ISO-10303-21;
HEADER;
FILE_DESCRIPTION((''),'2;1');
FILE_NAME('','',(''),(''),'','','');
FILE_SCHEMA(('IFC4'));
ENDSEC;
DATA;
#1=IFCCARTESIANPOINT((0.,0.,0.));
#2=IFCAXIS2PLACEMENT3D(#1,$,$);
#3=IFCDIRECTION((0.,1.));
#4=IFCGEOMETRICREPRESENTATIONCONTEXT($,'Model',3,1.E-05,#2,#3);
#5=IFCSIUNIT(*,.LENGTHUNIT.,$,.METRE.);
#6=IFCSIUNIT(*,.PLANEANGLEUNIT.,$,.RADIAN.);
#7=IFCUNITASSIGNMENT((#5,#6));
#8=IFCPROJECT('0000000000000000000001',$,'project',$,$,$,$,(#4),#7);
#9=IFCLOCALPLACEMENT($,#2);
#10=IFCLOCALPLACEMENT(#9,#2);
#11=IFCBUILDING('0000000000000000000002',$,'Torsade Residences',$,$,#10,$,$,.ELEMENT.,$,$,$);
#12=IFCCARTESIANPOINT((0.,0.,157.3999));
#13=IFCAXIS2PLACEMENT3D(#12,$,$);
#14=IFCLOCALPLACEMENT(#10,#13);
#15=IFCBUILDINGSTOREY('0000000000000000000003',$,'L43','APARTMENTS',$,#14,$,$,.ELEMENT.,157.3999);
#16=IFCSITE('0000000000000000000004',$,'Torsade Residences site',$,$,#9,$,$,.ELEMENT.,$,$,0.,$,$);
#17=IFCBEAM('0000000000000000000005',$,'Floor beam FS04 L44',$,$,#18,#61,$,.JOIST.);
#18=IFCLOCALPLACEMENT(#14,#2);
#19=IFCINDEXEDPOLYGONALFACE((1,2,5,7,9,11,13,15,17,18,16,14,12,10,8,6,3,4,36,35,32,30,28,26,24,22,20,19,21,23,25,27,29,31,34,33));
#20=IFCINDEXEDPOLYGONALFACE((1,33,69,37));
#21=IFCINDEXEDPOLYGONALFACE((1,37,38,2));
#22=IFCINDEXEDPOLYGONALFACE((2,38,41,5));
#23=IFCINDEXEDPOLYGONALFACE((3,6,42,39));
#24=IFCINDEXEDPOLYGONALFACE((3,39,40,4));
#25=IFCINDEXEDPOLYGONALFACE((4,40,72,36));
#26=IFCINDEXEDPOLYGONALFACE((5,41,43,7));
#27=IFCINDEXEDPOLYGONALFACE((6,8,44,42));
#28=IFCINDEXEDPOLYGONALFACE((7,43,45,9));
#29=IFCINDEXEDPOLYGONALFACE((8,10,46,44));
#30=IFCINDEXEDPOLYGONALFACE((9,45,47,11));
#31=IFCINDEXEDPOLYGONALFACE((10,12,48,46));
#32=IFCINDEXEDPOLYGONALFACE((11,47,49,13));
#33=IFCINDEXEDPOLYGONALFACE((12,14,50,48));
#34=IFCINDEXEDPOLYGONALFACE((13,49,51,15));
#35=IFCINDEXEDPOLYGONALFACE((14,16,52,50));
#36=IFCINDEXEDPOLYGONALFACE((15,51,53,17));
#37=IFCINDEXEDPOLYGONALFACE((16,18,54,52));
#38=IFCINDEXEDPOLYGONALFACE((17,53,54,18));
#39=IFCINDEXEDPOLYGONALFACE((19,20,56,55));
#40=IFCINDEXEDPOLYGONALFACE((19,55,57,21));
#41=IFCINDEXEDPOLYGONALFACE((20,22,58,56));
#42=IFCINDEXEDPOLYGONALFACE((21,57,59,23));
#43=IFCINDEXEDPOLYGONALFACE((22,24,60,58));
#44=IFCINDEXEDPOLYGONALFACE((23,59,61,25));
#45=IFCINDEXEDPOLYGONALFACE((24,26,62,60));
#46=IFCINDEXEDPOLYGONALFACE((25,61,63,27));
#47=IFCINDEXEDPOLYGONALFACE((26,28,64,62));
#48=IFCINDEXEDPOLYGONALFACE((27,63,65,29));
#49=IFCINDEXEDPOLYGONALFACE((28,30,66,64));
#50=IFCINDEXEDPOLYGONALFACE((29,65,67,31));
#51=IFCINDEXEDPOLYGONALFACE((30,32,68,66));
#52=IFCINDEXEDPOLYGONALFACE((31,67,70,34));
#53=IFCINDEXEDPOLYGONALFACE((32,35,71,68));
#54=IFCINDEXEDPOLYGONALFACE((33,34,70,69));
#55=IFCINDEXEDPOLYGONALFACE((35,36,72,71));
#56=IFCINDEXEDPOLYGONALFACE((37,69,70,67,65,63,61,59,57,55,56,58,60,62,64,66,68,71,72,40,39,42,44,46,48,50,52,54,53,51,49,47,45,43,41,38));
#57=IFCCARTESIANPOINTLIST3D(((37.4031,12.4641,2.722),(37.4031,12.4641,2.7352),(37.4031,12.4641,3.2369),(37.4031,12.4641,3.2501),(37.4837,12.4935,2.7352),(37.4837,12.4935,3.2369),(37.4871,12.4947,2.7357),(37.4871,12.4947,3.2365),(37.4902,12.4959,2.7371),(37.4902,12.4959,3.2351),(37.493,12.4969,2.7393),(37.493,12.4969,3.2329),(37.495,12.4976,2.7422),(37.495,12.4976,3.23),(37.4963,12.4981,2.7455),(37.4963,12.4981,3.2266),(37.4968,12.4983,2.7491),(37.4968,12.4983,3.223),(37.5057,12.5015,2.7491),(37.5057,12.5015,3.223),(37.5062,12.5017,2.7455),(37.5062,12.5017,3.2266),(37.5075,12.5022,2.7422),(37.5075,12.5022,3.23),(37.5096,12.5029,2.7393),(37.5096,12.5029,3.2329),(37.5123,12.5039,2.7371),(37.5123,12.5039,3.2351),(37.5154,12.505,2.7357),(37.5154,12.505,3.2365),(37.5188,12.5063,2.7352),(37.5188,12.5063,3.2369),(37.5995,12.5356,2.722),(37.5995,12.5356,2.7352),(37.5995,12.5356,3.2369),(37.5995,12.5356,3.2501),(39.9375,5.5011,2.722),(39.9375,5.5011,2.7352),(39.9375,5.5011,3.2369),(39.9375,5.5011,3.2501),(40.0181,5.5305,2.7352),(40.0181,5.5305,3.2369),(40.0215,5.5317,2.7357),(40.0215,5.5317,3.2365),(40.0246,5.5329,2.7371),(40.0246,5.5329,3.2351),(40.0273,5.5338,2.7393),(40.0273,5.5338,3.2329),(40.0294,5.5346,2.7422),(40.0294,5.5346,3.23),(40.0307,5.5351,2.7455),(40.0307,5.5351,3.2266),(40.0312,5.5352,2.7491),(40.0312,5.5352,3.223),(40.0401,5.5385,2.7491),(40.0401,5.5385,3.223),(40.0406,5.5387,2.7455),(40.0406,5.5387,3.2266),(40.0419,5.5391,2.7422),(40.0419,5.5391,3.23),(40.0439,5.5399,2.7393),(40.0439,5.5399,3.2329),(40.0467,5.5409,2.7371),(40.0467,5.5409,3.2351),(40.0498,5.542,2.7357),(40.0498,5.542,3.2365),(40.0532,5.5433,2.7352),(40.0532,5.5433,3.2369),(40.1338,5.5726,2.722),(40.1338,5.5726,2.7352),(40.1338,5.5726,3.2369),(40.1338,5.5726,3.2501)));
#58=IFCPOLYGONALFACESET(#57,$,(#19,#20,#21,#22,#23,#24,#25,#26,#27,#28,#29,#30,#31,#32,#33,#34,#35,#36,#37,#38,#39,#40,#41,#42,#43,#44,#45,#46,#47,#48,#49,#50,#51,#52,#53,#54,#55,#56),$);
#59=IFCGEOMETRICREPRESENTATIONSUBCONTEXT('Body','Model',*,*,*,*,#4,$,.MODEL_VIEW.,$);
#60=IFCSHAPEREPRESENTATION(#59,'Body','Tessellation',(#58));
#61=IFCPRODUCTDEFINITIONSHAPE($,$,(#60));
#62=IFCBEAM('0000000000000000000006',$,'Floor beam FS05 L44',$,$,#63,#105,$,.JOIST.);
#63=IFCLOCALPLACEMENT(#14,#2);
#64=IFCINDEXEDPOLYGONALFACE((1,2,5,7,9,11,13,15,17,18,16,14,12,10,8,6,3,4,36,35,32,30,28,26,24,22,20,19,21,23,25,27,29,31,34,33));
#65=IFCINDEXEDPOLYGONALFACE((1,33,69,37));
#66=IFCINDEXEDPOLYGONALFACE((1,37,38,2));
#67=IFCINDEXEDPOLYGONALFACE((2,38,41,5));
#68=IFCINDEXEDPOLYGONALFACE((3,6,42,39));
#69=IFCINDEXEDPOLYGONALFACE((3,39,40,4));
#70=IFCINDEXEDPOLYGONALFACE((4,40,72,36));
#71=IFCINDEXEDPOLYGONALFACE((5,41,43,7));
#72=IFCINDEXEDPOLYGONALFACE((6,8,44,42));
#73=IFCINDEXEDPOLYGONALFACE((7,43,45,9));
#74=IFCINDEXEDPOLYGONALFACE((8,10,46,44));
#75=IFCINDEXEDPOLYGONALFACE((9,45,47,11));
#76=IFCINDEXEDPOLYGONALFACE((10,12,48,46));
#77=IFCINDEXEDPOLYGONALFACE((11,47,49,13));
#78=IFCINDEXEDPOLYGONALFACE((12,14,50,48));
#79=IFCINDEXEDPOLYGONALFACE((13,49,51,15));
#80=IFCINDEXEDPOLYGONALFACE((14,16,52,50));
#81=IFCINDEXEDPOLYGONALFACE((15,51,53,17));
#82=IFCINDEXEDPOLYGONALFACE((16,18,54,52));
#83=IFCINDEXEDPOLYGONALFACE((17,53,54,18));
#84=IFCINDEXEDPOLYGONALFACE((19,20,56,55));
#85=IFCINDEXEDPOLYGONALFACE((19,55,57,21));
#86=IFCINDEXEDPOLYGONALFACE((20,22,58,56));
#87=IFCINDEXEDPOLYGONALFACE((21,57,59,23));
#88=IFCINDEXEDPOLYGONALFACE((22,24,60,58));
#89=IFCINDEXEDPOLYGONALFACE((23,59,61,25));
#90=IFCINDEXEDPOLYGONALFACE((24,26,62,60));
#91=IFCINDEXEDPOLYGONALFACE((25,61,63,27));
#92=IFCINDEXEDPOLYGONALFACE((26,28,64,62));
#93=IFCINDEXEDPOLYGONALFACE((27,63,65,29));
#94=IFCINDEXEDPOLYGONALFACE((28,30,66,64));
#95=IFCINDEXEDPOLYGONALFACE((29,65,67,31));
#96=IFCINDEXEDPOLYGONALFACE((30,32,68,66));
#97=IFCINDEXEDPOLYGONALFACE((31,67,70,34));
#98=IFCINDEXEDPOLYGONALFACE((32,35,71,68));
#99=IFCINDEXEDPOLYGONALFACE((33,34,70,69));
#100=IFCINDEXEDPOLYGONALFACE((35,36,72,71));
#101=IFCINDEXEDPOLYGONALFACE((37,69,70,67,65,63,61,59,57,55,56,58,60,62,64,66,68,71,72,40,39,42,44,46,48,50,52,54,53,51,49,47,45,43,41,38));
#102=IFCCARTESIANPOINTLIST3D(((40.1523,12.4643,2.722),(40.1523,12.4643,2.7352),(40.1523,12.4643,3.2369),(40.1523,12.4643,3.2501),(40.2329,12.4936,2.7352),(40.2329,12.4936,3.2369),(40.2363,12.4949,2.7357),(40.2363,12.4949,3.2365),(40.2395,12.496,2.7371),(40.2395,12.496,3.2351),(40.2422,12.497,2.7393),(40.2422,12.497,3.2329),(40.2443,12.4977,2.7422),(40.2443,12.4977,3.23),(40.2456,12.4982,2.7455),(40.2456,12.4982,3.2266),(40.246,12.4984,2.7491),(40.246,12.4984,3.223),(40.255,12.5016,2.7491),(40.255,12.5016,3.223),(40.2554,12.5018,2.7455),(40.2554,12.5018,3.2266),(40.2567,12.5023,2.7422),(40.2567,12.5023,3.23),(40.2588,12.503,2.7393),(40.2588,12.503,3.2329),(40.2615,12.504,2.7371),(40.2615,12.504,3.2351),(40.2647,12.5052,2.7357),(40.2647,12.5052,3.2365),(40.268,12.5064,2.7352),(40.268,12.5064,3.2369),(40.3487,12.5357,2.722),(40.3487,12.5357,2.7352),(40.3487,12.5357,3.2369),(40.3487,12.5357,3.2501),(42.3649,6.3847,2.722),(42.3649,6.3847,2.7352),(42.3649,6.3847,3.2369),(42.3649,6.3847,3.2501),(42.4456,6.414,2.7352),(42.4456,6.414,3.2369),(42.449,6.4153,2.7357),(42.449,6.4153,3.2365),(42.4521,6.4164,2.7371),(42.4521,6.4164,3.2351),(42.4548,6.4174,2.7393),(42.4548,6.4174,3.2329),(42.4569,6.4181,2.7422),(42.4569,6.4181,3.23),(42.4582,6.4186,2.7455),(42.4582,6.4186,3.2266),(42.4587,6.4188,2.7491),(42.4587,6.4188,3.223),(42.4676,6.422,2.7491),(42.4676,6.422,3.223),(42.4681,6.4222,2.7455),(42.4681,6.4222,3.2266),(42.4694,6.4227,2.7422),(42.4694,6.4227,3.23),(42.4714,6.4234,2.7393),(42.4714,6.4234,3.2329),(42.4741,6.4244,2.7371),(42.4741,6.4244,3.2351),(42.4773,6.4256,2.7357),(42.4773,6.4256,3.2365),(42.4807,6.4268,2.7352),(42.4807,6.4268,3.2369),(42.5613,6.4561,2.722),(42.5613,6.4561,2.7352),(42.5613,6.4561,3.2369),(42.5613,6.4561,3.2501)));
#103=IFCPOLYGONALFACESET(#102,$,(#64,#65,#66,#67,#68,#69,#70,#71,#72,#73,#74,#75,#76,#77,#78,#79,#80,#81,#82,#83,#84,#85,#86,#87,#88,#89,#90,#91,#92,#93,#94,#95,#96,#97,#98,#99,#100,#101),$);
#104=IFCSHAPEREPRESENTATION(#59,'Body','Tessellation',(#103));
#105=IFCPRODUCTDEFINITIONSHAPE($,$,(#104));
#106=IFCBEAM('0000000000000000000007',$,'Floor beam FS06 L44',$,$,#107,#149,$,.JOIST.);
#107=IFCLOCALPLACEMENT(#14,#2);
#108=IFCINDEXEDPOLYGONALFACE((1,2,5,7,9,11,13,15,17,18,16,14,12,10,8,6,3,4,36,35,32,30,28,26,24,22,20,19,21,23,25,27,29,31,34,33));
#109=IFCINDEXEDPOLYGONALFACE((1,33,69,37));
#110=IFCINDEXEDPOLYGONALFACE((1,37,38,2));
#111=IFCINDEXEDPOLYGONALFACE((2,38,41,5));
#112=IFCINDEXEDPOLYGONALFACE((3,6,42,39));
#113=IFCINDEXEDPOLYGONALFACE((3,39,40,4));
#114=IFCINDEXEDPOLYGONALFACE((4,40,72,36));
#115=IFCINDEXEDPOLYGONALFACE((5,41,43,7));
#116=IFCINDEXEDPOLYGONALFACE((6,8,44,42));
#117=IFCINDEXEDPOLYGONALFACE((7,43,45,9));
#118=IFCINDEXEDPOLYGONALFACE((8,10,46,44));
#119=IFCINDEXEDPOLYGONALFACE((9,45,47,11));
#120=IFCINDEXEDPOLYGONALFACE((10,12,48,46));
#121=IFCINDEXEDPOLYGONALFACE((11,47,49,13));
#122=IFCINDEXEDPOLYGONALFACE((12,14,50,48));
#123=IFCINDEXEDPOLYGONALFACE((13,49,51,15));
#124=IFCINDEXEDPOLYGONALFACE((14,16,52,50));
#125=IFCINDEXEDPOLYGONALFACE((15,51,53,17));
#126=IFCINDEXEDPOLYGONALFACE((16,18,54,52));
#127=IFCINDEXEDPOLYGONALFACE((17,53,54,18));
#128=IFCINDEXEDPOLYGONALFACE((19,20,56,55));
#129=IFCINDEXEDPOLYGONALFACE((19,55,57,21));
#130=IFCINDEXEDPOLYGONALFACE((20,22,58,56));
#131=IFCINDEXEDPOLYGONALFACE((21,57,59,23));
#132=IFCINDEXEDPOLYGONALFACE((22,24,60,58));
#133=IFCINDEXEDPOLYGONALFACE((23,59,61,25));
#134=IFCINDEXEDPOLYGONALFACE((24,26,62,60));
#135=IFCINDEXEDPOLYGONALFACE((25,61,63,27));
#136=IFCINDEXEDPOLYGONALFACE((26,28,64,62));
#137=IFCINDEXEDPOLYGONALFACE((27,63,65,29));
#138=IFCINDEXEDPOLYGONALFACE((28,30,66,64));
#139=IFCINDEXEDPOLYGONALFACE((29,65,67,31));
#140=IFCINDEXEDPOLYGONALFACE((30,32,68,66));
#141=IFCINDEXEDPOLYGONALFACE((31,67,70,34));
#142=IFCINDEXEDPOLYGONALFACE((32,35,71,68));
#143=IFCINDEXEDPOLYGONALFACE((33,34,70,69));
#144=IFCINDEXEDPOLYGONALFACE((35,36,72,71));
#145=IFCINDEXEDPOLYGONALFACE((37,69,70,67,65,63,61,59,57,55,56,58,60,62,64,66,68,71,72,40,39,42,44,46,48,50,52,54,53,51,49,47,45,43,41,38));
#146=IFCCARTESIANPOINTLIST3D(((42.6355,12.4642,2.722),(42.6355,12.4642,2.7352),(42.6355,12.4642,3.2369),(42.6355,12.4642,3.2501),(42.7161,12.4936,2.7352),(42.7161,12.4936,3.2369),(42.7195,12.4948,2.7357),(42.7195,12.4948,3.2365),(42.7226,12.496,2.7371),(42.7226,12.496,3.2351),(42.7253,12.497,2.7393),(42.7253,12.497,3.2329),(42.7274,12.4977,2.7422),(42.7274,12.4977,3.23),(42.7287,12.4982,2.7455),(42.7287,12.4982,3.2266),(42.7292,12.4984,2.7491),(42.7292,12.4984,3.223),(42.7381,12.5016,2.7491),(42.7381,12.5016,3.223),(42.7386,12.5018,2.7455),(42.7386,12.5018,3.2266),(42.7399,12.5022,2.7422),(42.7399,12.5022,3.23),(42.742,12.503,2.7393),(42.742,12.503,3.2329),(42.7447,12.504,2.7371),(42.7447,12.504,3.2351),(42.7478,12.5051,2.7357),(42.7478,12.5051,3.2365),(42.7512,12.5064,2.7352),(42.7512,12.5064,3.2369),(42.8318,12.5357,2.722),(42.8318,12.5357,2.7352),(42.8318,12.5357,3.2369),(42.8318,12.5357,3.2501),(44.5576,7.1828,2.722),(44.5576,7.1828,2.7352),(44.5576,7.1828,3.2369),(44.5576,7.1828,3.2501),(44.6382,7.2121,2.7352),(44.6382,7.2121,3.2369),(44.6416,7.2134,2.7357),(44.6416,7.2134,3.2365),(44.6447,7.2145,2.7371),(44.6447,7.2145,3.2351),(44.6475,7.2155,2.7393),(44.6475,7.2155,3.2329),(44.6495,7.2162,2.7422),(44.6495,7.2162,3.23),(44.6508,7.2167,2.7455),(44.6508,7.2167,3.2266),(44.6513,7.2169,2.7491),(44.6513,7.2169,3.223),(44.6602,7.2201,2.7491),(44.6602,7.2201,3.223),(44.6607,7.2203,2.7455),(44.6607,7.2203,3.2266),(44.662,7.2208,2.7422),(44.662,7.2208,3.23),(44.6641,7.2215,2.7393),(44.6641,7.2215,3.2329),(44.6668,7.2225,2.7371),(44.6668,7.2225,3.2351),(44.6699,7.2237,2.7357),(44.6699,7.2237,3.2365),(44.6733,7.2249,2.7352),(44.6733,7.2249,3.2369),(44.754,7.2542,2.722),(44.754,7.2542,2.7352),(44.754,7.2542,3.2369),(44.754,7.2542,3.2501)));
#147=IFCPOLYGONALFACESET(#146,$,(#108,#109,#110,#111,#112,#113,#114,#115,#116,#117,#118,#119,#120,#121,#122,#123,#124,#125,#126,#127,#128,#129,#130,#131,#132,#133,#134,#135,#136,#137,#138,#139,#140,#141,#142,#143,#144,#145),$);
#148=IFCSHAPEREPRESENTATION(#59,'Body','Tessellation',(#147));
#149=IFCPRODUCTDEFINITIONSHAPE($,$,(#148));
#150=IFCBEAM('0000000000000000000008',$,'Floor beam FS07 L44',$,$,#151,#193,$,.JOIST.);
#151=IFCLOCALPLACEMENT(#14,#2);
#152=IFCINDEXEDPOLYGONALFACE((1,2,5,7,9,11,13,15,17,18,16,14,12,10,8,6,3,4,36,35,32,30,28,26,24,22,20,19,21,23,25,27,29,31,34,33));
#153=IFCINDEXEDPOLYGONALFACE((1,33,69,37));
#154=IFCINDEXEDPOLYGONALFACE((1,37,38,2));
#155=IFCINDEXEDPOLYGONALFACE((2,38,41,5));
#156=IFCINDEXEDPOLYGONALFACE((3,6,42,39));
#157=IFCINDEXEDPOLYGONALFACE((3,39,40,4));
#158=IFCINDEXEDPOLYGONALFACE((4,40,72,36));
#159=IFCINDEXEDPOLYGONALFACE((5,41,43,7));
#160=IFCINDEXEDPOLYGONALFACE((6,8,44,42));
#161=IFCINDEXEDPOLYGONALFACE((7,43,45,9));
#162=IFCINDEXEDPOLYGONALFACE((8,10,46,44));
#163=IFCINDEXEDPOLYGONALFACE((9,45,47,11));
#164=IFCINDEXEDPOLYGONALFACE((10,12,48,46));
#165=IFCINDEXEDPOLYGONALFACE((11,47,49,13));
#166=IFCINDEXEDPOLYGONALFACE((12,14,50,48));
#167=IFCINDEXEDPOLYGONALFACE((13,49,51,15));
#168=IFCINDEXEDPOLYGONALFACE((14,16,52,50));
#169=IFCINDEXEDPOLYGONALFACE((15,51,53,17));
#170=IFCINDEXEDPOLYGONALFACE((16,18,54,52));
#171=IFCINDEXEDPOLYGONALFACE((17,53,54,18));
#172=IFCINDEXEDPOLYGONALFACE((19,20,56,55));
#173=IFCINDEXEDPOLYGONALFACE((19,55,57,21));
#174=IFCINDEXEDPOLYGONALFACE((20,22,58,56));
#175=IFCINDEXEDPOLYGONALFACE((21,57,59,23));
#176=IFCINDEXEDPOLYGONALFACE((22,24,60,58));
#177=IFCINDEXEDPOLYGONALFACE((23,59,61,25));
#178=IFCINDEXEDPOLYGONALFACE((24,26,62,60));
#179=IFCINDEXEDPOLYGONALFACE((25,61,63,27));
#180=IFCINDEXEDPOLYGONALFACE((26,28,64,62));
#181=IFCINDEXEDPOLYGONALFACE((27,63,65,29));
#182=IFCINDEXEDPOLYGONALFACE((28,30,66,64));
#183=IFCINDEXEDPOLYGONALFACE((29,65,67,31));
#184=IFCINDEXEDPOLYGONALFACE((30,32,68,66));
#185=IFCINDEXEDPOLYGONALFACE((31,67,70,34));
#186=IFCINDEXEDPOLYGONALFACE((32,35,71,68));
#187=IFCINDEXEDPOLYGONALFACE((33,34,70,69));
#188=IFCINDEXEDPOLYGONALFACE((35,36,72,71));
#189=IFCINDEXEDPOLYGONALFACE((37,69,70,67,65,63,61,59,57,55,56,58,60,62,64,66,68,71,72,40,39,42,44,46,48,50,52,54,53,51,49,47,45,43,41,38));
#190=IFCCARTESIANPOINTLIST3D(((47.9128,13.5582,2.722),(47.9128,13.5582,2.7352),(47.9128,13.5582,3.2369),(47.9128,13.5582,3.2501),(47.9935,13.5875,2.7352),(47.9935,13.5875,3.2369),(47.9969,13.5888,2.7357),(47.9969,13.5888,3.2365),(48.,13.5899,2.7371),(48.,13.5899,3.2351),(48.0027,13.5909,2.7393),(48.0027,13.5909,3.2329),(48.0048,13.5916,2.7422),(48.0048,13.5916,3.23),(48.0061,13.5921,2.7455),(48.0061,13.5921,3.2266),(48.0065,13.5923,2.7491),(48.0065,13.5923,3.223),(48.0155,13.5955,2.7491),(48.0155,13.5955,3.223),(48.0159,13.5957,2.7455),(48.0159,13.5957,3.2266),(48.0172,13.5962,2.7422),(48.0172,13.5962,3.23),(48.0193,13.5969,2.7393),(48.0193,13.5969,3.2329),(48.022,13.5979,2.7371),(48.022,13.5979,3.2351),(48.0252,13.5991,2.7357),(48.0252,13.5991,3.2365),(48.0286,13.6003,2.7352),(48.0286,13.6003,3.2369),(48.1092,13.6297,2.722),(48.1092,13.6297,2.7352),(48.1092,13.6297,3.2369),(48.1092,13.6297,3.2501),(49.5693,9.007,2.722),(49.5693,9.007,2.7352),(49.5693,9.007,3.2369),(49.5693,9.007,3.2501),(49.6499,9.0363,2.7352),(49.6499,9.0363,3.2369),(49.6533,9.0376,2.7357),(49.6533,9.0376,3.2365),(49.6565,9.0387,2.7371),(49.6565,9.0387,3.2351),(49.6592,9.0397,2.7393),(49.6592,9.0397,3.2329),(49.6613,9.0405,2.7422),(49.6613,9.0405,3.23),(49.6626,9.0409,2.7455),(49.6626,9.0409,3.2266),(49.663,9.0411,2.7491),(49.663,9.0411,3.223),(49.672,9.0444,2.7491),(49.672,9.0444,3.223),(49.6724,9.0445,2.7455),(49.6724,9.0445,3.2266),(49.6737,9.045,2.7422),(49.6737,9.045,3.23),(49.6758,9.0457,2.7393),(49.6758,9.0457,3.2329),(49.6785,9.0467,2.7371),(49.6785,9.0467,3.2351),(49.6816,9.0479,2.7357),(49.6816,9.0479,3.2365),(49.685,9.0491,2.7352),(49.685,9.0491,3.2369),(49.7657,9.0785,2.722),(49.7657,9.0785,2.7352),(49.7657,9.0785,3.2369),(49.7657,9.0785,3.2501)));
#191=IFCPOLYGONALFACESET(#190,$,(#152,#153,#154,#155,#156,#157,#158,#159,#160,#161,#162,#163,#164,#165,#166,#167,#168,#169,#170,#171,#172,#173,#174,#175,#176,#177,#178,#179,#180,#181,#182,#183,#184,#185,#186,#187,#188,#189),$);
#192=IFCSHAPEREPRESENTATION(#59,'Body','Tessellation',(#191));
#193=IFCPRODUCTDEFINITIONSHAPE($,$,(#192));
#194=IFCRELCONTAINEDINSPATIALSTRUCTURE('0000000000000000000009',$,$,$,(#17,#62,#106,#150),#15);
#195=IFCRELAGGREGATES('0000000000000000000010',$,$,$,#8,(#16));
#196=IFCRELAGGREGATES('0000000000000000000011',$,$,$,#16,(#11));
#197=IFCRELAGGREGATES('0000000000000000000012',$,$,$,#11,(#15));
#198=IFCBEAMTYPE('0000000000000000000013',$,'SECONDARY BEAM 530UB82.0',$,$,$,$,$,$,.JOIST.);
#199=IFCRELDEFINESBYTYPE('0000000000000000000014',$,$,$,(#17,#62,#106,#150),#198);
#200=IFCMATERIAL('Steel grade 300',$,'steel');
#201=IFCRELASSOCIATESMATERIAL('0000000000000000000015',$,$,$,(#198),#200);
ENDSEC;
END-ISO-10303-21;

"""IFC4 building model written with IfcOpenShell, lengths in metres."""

from ifc_helpers import new_model, si_unit, direction, frame, origin, origin_2d, place, context, subcontext, project, spatial, i_section, extrude, material, material_profile, profile_set, type_object, element, save


model = new_model("IFC4")

# Units and contexts
model_context = context("Model", 3, precision=1e-05, world=origin(), true_north=direction((0.0, 1.0)))
body_context = subcontext(model_context, "Body", "Model", "MODEL_VIEW")
ifc_project = project(units=[si_unit("LENGTHUNIT", "METRE"), si_unit("PLANEANGLEUNIT", "RADIAN")], contexts=[model_context])

# Site, building, storey
site_placement = place(None, origin())
site = spatial("IfcSite", under=ifc_project, at=site_placement, Name="Torsade Residences site", CompositionType="ELEMENT", RefElevation=0.0)
building_placement = place(site_placement, origin())
building = spatial("IfcBuilding", under=site, at=building_placement, Name="Torsade Residences", CompositionType="ELEMENT")
storey_placement = place(building_placement, frame((0.0, 0.0, 157.3999)))
storey = spatial("IfcBuildingStorey", under=building, at=storey_placement, Name="L43", Description="APARTMENTS", CompositionType="ELEMENT", Elevation=157.3999)

# Beams
ifc_material_1 = material(Name="Steel grade 300", Category="steel")
ifc_material_profile_1 = material_profile(ifc_material_1, i_section(OverallWidth=0.209, OverallDepth=0.5281, WebThickness=0.0095, FlangeThickness=0.0132, FilletRadius=0.0139, at=origin_2d()), Name="530UB82.0")
ifc_profile_set_1 = profile_set([ifc_material_profile_1], Name="Steel grade 300")
beam_type_1 = type_object("IfcBeamType", Name="SECONDARY BEAM 530UB82.0", PredefinedType="JOIST", material=ifc_profile_set_1)
beam_1_placement = place(storey_placement, frame((40.0356, 5.5369, 2.9861), z_axis=(-0.342026, 0.93969, 0.0), x_axis=(-0.93969, -0.342026, 0.0)))
element("IfcBeam", 1, at=beam_1_placement, inside=storey, type_object=beam_type_1, Name="Floor beam FS04 L44", PredefinedType="JOIST", context=body_context, shape_type="SweptSolid", body=[
    extrude(i_section(OverallWidth=0.209, OverallDepth=0.5281, WebThickness=0.0095, FlangeThickness=0.0132, FilletRadius=0.0139, at=origin_2d()), origin(), (0.0, 0.0, 1.0), 7.4099),
])
beam_2_placement = place(storey_placement, frame((42.4631, 6.4204, 2.9861), z_axis=(-0.342001, 0.9397, 0.0), x_axis=(-0.9397, -0.342001, 0.0)))
element("IfcBeam", 2, at=beam_2_placement, inside=storey, type_object=beam_type_1, Name="Floor beam FS05 L44", PredefinedType="JOIST", context=body_context, shape_type="SweptSolid", body=[
    extrude(i_section(OverallWidth=0.209, OverallDepth=0.5281, WebThickness=0.0095, FlangeThickness=0.0132, FilletRadius=0.0139, at=origin_2d()), origin(), (0.0, 0.0, 1.0), 6.4697),
])
beam_3_placement = place(storey_placement, frame((44.6558, 7.2185, 2.9861), z_axis=(-0.341991, 0.939703, 0.0), x_axis=(-0.939703, -0.341991, 0.0)))
element("IfcBeam", 3, at=beam_3_placement, inside=storey, type_object=beam_type_1, Name="Floor beam FS06 L44", PredefinedType="JOIST", context=body_context, shape_type="SweptSolid", body=[
    extrude(i_section(OverallWidth=0.209, OverallDepth=0.5281, WebThickness=0.0095, FlangeThickness=0.0132, FilletRadius=0.0139, at=origin_2d()), origin(), (0.0, 0.0, 1.0), 5.6204),
])
beam_4_placement = place(storey_placement, frame((49.6675, 9.0427, 2.9861), z_axis=(-0.342014, 0.939695, 0.0), x_axis=(-0.939695, -0.342014, 0.0)))
element("IfcBeam", 4, at=beam_4_placement, inside=storey, type_object=beam_type_1, Name="Floor beam FS07 L44", PredefinedType="JOIST", context=body_context, shape_type="SweptSolid", body=[
    extrude(i_section(OverallWidth=0.209, OverallDepth=0.5281, WebThickness=0.0095, FlangeThickness=0.0132, FilletRadius=0.0139, at=origin_2d()), origin(), (0.0, 0.0, 1.0), 4.8433),
])

save(model, "model.ifc")
